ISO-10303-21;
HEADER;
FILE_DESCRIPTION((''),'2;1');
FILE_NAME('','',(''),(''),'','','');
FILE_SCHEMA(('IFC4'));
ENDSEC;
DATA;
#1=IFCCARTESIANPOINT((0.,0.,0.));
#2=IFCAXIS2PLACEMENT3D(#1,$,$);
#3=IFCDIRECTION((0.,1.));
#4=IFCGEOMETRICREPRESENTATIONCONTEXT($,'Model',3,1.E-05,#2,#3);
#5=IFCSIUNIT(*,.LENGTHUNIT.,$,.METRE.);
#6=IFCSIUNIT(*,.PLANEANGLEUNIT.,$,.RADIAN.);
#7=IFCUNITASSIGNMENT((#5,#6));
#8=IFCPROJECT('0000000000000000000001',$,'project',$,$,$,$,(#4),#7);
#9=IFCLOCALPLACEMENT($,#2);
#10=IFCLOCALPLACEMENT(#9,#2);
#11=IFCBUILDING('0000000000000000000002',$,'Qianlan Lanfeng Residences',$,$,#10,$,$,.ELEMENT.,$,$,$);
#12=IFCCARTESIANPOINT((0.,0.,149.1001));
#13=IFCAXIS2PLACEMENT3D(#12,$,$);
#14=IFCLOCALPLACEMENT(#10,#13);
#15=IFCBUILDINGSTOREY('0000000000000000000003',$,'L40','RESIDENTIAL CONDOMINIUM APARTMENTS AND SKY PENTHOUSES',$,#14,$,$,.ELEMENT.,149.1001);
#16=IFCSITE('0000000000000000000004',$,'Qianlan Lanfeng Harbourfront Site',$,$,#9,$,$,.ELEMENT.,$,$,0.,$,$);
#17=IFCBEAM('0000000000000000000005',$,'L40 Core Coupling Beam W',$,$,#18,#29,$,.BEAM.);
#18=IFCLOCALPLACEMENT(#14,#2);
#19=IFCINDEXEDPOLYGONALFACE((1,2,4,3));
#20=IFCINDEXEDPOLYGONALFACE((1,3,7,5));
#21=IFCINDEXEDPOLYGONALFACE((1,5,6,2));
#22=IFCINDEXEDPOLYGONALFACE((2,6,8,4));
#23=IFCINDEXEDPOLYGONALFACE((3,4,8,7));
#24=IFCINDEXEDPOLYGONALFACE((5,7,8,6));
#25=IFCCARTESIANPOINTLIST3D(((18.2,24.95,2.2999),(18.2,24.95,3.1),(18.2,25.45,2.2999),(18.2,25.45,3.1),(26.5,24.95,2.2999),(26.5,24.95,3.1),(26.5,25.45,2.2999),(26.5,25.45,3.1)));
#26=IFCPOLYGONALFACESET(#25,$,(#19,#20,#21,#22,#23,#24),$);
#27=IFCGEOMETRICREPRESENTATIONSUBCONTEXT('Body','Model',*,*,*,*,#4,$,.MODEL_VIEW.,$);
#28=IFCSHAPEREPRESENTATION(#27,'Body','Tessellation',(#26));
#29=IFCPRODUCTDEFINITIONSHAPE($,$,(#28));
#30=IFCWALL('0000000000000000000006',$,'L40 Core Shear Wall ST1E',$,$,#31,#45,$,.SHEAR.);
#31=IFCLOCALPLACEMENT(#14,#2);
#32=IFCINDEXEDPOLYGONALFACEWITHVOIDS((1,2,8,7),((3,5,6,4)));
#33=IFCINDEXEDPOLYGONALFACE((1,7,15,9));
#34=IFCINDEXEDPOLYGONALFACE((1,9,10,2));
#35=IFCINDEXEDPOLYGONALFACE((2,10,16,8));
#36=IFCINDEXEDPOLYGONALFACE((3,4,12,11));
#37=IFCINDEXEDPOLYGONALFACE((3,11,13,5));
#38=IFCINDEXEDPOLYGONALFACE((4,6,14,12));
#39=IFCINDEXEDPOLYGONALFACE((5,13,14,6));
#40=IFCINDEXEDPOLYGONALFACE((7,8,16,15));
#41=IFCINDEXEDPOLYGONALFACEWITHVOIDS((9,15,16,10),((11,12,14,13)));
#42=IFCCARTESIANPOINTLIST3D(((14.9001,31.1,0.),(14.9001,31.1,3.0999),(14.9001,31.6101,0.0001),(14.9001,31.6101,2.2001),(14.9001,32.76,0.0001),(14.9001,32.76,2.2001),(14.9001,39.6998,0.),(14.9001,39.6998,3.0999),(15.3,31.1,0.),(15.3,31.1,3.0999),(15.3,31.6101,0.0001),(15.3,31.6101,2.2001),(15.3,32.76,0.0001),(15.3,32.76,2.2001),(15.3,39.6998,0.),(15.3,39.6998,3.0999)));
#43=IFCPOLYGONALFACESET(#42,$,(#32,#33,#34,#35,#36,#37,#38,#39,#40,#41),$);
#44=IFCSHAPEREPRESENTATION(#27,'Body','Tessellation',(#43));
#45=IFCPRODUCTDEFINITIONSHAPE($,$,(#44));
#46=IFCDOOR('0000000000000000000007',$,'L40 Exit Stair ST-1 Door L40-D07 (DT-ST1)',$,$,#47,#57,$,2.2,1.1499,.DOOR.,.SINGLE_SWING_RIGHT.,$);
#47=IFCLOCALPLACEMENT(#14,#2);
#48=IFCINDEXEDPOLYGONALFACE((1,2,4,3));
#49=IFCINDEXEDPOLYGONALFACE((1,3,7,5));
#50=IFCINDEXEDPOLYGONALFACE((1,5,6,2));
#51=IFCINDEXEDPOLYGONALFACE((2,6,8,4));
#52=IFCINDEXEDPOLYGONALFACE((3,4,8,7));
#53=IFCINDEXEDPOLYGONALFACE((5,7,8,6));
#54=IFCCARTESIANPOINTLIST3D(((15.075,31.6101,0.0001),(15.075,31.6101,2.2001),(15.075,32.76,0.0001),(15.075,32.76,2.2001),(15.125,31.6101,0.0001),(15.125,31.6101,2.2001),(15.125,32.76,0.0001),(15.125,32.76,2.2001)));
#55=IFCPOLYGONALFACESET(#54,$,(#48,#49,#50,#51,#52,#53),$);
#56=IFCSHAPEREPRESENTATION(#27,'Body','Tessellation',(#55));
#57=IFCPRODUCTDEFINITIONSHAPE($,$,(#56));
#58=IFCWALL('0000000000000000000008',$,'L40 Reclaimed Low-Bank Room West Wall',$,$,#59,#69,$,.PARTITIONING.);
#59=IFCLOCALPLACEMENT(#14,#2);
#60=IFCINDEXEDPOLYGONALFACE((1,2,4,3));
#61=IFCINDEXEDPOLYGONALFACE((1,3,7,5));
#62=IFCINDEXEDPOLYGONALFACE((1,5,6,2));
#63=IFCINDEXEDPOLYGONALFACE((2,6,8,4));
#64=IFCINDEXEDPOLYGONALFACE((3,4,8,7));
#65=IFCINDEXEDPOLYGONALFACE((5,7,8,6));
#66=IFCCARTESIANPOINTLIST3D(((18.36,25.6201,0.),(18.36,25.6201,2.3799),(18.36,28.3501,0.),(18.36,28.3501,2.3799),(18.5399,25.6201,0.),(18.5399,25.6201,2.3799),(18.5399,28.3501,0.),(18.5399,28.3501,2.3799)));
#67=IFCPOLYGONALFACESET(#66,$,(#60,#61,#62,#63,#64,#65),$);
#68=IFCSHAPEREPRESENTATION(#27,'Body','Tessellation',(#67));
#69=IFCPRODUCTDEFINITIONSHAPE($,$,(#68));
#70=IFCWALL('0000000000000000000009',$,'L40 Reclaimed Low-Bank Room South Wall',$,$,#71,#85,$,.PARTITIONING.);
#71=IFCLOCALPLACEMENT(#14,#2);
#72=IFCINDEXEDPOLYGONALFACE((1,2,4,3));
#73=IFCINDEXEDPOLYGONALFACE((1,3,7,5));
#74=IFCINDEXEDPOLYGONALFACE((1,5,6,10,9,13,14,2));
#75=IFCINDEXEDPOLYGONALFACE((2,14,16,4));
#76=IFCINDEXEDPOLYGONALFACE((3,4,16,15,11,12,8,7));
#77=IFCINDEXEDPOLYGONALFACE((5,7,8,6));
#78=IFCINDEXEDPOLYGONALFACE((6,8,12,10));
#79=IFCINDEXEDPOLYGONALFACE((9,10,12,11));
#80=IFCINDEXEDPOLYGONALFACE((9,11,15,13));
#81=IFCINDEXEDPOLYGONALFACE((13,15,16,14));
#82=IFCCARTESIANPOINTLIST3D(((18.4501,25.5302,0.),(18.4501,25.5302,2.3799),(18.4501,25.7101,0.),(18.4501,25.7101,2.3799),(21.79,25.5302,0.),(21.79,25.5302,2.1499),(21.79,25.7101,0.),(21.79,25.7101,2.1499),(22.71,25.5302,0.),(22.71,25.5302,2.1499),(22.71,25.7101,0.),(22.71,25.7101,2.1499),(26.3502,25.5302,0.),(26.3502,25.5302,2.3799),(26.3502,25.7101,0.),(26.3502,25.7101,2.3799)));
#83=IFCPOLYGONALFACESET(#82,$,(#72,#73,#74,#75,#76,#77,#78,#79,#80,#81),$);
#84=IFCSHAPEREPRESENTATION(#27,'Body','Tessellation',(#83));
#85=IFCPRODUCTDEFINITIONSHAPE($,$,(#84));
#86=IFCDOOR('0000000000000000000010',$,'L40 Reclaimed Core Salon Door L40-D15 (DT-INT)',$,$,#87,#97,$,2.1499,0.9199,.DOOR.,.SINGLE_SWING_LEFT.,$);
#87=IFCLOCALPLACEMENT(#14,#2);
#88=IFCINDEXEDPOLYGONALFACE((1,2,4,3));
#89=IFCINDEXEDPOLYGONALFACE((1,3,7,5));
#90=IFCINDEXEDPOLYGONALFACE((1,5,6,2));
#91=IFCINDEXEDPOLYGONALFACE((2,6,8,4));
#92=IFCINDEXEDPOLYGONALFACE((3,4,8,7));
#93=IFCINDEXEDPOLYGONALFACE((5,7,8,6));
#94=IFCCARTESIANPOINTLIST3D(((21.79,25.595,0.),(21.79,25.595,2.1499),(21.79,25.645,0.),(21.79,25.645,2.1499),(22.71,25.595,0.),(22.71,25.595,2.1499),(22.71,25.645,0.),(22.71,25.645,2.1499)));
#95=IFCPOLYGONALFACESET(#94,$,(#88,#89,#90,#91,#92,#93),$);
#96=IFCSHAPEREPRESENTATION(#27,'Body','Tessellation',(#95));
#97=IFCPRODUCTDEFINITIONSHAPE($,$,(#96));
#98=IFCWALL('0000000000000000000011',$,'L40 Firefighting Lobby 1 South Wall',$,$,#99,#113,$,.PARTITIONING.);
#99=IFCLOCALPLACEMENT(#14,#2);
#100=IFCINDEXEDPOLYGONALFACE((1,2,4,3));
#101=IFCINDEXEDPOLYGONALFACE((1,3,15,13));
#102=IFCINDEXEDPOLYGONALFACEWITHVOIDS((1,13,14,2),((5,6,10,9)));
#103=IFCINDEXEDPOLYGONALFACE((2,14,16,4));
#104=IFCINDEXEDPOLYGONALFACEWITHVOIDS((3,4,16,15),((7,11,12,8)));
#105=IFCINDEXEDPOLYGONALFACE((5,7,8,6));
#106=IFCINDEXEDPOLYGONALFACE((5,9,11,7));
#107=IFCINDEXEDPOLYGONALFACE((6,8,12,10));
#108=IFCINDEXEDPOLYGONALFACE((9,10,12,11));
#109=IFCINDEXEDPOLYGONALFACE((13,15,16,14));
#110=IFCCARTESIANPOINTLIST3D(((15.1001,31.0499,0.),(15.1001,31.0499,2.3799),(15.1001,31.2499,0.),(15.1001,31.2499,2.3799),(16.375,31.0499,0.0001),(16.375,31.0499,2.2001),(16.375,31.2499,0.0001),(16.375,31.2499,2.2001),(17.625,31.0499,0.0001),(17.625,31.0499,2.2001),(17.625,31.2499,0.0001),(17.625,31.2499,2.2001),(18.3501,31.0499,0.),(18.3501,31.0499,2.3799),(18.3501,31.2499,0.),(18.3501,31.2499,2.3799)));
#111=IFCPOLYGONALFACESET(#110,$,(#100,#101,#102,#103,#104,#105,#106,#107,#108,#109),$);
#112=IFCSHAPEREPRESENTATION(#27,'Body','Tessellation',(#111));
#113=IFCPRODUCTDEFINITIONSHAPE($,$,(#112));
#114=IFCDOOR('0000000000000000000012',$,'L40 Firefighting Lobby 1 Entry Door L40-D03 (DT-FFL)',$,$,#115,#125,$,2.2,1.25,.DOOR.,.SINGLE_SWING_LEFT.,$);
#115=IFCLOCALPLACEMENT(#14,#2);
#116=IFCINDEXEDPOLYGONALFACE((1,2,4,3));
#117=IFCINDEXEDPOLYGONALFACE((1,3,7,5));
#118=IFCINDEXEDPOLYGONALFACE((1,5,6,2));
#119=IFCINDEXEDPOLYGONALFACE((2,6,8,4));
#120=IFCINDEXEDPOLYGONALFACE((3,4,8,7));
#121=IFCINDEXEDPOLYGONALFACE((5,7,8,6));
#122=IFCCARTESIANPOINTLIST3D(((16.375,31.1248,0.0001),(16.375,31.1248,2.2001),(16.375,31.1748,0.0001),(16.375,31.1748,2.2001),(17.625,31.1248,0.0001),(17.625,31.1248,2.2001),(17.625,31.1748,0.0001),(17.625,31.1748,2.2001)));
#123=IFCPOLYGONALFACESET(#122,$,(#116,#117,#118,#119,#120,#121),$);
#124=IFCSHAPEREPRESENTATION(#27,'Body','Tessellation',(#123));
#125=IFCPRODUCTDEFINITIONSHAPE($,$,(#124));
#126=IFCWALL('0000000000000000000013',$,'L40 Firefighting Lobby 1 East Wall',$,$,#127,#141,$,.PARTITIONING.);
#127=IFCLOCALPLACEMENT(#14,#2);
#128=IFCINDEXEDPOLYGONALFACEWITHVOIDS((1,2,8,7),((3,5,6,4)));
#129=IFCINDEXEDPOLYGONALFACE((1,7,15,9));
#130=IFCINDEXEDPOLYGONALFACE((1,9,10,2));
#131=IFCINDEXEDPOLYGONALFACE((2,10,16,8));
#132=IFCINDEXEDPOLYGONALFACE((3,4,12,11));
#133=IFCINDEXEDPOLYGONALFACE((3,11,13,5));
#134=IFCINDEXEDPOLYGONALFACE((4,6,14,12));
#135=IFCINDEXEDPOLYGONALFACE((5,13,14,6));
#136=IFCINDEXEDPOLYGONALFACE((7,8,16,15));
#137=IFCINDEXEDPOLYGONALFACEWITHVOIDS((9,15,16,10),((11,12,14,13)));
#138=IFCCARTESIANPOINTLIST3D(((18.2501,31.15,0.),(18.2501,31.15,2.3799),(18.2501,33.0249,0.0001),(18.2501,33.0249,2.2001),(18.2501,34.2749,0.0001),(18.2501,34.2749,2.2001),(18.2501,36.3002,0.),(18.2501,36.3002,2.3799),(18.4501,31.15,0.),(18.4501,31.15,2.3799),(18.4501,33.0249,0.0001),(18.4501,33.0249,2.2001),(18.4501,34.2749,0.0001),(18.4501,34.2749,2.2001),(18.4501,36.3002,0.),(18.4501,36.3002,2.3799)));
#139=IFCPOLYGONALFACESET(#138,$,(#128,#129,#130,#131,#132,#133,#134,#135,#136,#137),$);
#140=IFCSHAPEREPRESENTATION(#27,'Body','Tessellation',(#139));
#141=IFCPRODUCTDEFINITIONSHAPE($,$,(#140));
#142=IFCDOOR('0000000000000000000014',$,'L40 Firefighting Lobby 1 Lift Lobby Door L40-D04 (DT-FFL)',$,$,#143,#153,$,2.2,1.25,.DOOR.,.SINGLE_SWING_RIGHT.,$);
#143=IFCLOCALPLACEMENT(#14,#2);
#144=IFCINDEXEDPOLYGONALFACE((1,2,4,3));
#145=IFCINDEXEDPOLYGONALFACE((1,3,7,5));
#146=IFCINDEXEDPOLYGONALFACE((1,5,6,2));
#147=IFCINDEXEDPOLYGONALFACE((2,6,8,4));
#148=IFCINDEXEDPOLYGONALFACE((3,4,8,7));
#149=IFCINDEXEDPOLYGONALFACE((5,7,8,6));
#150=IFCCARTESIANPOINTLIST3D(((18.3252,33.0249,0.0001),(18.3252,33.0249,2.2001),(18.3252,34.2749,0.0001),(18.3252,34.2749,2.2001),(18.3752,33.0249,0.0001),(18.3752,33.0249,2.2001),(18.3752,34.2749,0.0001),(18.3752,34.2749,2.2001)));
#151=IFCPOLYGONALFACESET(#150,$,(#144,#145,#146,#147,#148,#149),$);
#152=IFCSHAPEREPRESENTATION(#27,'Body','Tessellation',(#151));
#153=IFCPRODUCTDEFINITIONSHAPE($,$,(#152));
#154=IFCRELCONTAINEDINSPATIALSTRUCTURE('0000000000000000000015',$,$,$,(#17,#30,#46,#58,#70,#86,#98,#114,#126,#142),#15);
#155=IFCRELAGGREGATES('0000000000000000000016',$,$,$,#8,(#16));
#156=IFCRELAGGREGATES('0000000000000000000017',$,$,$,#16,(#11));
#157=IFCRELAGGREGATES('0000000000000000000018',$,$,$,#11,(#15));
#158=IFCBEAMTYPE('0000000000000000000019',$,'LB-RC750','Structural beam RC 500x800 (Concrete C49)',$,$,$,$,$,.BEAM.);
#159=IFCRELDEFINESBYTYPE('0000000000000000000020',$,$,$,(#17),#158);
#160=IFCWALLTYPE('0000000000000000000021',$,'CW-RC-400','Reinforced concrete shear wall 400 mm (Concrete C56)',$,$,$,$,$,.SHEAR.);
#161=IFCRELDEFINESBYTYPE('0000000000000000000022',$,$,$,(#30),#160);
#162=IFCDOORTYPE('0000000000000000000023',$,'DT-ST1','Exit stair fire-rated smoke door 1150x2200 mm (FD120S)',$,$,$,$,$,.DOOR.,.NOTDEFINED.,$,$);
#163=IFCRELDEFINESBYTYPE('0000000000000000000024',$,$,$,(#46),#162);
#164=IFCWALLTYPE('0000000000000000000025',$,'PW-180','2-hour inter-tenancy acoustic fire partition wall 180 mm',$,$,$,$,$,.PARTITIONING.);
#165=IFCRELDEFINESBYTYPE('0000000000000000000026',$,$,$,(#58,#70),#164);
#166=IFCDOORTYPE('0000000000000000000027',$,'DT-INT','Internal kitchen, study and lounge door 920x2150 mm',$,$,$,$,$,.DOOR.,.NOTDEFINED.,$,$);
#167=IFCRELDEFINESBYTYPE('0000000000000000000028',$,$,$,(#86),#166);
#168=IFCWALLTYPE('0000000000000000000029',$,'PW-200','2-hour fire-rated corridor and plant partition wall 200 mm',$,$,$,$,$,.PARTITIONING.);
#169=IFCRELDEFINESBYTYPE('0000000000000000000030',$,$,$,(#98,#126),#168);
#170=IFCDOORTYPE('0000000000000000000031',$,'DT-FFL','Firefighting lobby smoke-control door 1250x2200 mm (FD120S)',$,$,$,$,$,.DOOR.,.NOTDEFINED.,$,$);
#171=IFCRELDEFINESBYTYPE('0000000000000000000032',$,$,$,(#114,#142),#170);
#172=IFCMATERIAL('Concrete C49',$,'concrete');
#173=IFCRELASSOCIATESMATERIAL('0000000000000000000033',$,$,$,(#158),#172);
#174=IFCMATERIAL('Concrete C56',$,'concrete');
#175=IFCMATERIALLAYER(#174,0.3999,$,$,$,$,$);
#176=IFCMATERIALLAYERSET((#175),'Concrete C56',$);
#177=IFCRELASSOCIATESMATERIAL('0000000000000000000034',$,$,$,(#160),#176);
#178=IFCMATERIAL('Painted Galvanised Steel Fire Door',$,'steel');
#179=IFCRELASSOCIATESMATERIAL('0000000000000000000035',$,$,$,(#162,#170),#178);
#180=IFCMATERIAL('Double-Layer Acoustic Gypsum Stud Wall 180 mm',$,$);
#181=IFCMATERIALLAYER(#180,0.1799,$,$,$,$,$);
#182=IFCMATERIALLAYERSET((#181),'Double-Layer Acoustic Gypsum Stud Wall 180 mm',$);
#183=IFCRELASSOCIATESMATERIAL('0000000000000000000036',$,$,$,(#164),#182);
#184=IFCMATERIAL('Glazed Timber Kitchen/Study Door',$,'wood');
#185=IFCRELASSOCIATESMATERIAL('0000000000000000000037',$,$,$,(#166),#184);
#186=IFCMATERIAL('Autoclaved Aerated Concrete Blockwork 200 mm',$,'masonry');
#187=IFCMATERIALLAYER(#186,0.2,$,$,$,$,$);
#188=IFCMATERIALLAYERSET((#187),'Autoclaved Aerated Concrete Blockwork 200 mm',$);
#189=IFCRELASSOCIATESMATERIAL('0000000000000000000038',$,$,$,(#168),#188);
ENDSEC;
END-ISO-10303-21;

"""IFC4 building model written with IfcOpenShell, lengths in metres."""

from ifc_helpers import new_model, si_unit, direction, frame, frame_2d, origin, origin_2d, place, context, subcontext, project, spatial, rectangle, extrude, material, layer, layer_set, material_profile, profile_set, type_object, element, fill, save


model = new_model("IFC4")

# Units and contexts
model_context = context("Model", 3, precision=1e-05, world=origin(), true_north=direction((0.0, 1.0)))
body_context = subcontext(model_context, "Body", "Model", "MODEL_VIEW")
ifc_project = project(units=[si_unit("LENGTHUNIT", "METRE"), si_unit("PLANEANGLEUNIT", "RADIAN")], contexts=[model_context])

# Site, building, storey
site_placement = place(None, origin())
site = spatial("IfcSite", under=ifc_project, at=site_placement, Name="Qianlan Lanfeng Harbourfront Site", CompositionType="ELEMENT", RefElevation=0.0)
building_placement = place(site_placement, origin())
building = spatial("IfcBuilding", under=site, at=building_placement, Name="Qianlan Lanfeng Residences", CompositionType="ELEMENT")
storey_placement = place(building_placement, frame((0.0, 0.0, 149.1001)))
storey = spatial("IfcBuildingStorey", under=building, at=storey_placement, Name="L40", Description="RESIDENTIAL CONDOMINIUM APARTMENTS AND SKY PENTHOUSES", CompositionType="ELEMENT", Elevation=149.1001)

# Beam
ifc_material_1 = material(Name="Concrete C49", Category="concrete")
ifc_material_profile = material_profile(ifc_material_1, rectangle(XDim=0.5, YDim=0.8, at=origin_2d()), Name="RC 500x800")
ifc_profile_set = profile_set([ifc_material_profile], Name="Concrete C49")
beam_type = type_object("IfcBeamType", Name="LB-RC750", Description="Structural beam RC 500x800 (Concrete C49)", PredefinedType="BEAM", material=ifc_profile_set)
beam_placement = place(storey_placement, frame((18.2, 25.2, 2.7), z_axis=(1.0, 0.0, 0.0), x_axis=(0.0, 1.0, 0.0)))
element("IfcBeam", 1, at=beam_placement, inside=storey, type_object=beam_type, Name="L40 Core Coupling Beam W", PredefinedType="BEAM", context=body_context, shape_type="SweptSolid", body=[
    extrude(rectangle(XDim=0.5, YDim=0.8, at=origin_2d()), origin(), (0.0, 0.0, 1.0), 8.3),
])

# Wall, opening, door
ifc_material_2 = material(Name="Concrete C56", Category="concrete")
ifc_layer_1 = layer(ifc_material_2, 0.3999)
ifc_layer_set_1 = layer_set([ifc_layer_1], Name="Concrete C56")
wall_type_1 = type_object("IfcWallType", Name="CW-RC-400", Description="Reinforced concrete shear wall 400 mm (Concrete C56)", PredefinedType="SHEAR", material=ifc_layer_set_1)
wall_1_placement = place(storey_placement, frame((15.1001, 31.1001, 0.0), z_axis=(0.0, 0.0, 1.0), x_axis=(0.0, 1.0, 0.0)))
wall_1 = element("IfcWall", 2, at=wall_1_placement, inside=storey, type_object=wall_type_1, Name="L40 Core Shear Wall ST1E", PredefinedType="SHEAR", context=body_context, shape_type="SweptSolid", body=[
    extrude(rectangle(XDim=8.5999, YDim=0.3999, at=frame_2d((4.2998, 0.0))), origin(), (0.0, 0.0, 1.0), 3.0999),
])
opening_1_placement = place(wall_1_placement, frame((0.51, 0.0, 0.0)))
opening_1 = element("IfcOpeningElement", 3, at=opening_1_placement, cuts=wall_1, PredefinedType="OPENING", context=body_context, shape_type="SweptSolid", body=[
    extrude(rectangle(XDim=1.1499, YDim=2.2, at=frame_2d((0.575, 1.1001))), frame((0.0, 0.21, 0.0), z_axis=(0.0, -1.0, 0.0), x_axis=(1.0, 0.0, 0.0)), (0.0, 0.0, 1.0), 0.4199),
])
ifc_material_3 = material(Name="Painted Galvanised Steel Fire Door", Category="steel")
door_type_1 = type_object("IfcDoorType", Name="DT-ST1", Description="Exit stair fire-rated smoke door 1150x2200 mm (FD120S)", OperationType="NOTDEFINED", PredefinedType="DOOR", material=ifc_material_3)
door_1_placement = place(opening_1_placement, frame((1.1499, 0.0, 0.0), z_axis=(0.0, 0.0, 1.0), x_axis=(-1.0, 0.0, 0.0)))
door_1 = element("IfcDoor", 4, at=door_1_placement, inside=storey, type_object=door_type_1, Name="L40 Exit Stair ST-1 Door L40-D07 (DT-ST1)", OperationType="SINGLE_SWING_RIGHT", OverallHeight=2.2, OverallWidth=1.1499, PredefinedType="DOOR", context=body_context, shape_type="SweptSolid", body=[
    extrude(rectangle(XDim=1.1499, YDim=2.2, at=frame_2d((0.575, 1.1001))), frame((0.0, 0.0249, 0.0), z_axis=(0.0, -1.0, 0.0), x_axis=(1.0, 0.0, 0.0)), (0.0, 0.0, 1.0), 0.05),
])
fill(opening_1, door_1)

# Shared definitions
ifc_material_4 = material(Name="Double-Layer Acoustic Gypsum Stud Wall 180 mm")
ifc_layer_2 = layer(ifc_material_4, 0.1799)
ifc_layer_set_2 = layer_set([ifc_layer_2], Name="Double-Layer Acoustic Gypsum Stud Wall 180 mm")
wall_type_2 = type_object("IfcWallType", Name="PW-180", Description="2-hour inter-tenancy acoustic fire partition wall 180 mm", PredefinedType="PARTITIONING", material=ifc_layer_set_2)
ifc_material_5 = material(Name="Glazed Timber Kitchen/Study Door", Category="wood")
door_type_2 = type_object("IfcDoorType", Name="DT-INT", Description="Internal kitchen, study and lounge door 920x2150 mm", OperationType="NOTDEFINED", PredefinedType="DOOR", material=ifc_material_5)

# Wall
wall_2_placement = place(storey_placement, frame((18.45, 25.6201, 0.0), z_axis=(0.0, 0.0, 1.0), x_axis=(0.0, 1.0, 0.0)))
element("IfcWall", 5, at=wall_2_placement, inside=storey, type_object=wall_type_2, Name="L40 Reclaimed Low-Bank Room West Wall", PredefinedType="PARTITIONING", context=body_context, shape_type="SweptSolid", body=[
    extrude(rectangle(XDim=2.73, YDim=0.1799, at=frame_2d((1.365, 0.0))), origin(), (0.0, 0.0, 1.0), 2.3799),
])

# Walls, openings, doors
wall_3_placement = place(storey_placement, frame((18.45, 25.6201, 0.0), z_axis=(0.0, 0.0, 1.0), x_axis=(1.0, 0.0, 0.0)))
wall_3 = element("IfcWall", 6, at=wall_3_placement, inside=storey, type_object=wall_type_2, Name="L40 Reclaimed Low-Bank Room South Wall", PredefinedType="PARTITIONING", context=body_context, shape_type="SweptSolid", body=[
    extrude(rectangle(XDim=7.9001, YDim=0.1799, at=frame_2d((3.9502, 0.0))), origin(), (0.0, 0.0, 1.0), 2.3799),
])
opening_2_placement = place(wall_3_placement, frame((3.3401, 0.0, 0.0)))
opening_2 = element("IfcOpeningElement", 7, at=opening_2_placement, cuts=wall_3, PredefinedType="OPENING", context=body_context, shape_type="SweptSolid", body=[
    extrude(rectangle(XDim=0.9199, YDim=2.1499, at=frame_2d((0.46, 1.075))), frame((0.0, 0.1001, 0.0), z_axis=(0.0, -1.0, 0.0), x_axis=(1.0, 0.0, 0.0)), (0.0, 0.0, 1.0), 0.2),
])
door_2_placement = place(opening_2_placement, origin())
door_2 = element("IfcDoor", 8, at=door_2_placement, inside=storey, type_object=door_type_2, Name="L40 Reclaimed Core Salon Door L40-D15 (DT-INT)", OperationType="SINGLE_SWING_LEFT", OverallHeight=2.1499, OverallWidth=0.9199, PredefinedType="DOOR", context=body_context, shape_type="SweptSolid", body=[
    extrude(rectangle(XDim=0.9199, YDim=2.1499, at=frame_2d((0.46, 1.075))), frame((0.0, 0.0249, 0.0), z_axis=(0.0, -1.0, 0.0), x_axis=(1.0, 0.0, 0.0)), (0.0, 0.0, 1.0), 0.05),
])
fill(opening_2, door_2)
ifc_material_6 = material(Name="Autoclaved Aerated Concrete Blockwork 200 mm", Category="masonry")
ifc_layer_3 = layer(ifc_material_6, 0.2)
ifc_layer_set_3 = layer_set([ifc_layer_3], Name="Autoclaved Aerated Concrete Blockwork 200 mm")
wall_type_3 = type_object("IfcWallType", Name="PW-200", Description="2-hour fire-rated corridor and plant partition wall 200 mm", PredefinedType="PARTITIONING", material=ifc_layer_set_3)
wall_4_placement = place(storey_placement, frame((15.1001, 31.1499, 0.0), z_axis=(0.0, 0.0, 1.0), x_axis=(1.0, 0.0, 0.0)))
wall_4 = element("IfcWall", 9, at=wall_4_placement, inside=storey, type_object=wall_type_3, Name="L40 Firefighting Lobby 1 South Wall", PredefinedType="PARTITIONING", context=body_context, shape_type="SweptSolid", body=[
    extrude(rectangle(XDim=3.25, YDim=0.2, at=frame_2d((1.625, 0.0))), origin(), (0.0, 0.0, 1.0), 2.3799),
])
opening_3_placement = place(wall_4_placement, frame((1.2749, 0.0, 0.0)))
opening_3 = element("IfcOpeningElement", 10, at=opening_3_placement, cuts=wall_4, PredefinedType="OPENING", context=body_context, shape_type="SweptSolid", body=[
    extrude(rectangle(XDim=1.25, YDim=2.2, at=frame_2d((0.625, 1.1001))), frame((0.0, 0.1099, 0.0), z_axis=(0.0, -1.0, 0.0), x_axis=(1.0, 0.0, 0.0)), (0.0, 0.0, 1.0), 0.22),
])
door_type_3 = type_object("IfcDoorType", Name="DT-FFL", Description="Firefighting lobby smoke-control door 1250x2200 mm (FD120S)", OperationType="NOTDEFINED", PredefinedType="DOOR", material=ifc_material_3)
door_3_placement = place(opening_3_placement, origin())
door_3 = element("IfcDoor", 11, at=door_3_placement, inside=storey, type_object=door_type_3, Name="L40 Firefighting Lobby 1 Entry Door L40-D03 (DT-FFL)", OperationType="SINGLE_SWING_LEFT", OverallHeight=2.2, OverallWidth=1.25, PredefinedType="DOOR", context=body_context, shape_type="SweptSolid", body=[
    extrude(rectangle(XDim=1.25, YDim=2.2, at=frame_2d((0.625, 1.1001))), frame((0.0, 0.0249, 0.0), z_axis=(0.0, -1.0, 0.0), x_axis=(1.0, 0.0, 0.0)), (0.0, 0.0, 1.0), 0.05),
])
fill(opening_3, door_3)
wall_5_placement = place(storey_placement, frame((18.3501, 31.1499, 0.0), z_axis=(0.0, 0.0, 1.0), x_axis=(0.0, 1.0, 0.0)))
wall_5 = element("IfcWall", 12, at=wall_5_placement, inside=storey, type_object=wall_type_3, Name="L40 Firefighting Lobby 1 East Wall", PredefinedType="PARTITIONING", context=body_context, shape_type="SweptSolid", body=[
    extrude(rectangle(XDim=5.1501, YDim=0.2, at=frame_2d((2.5752, 0.0))), origin(), (0.0, 0.0, 1.0), 2.3799),
])
opening_4_placement = place(wall_5_placement, frame((1.875, 0.0, 0.0)))
opening_4 = element("IfcOpeningElement", 13, at=opening_4_placement, cuts=wall_5, PredefinedType="OPENING", context=body_context, shape_type="SweptSolid", body=[
    extrude(rectangle(XDim=1.25, YDim=2.2, at=frame_2d((0.625, 1.1001))), frame((0.0, 0.1099, 0.0), z_axis=(0.0, -1.0, 0.0), x_axis=(1.0, 0.0, 0.0)), (0.0, 0.0, 1.0), 0.22),
])
door_4_placement = place(opening_4_placement, origin())
door_4 = element("IfcDoor", 14, at=door_4_placement, inside=storey, type_object=door_type_3, Name="L40 Firefighting Lobby 1 Lift Lobby Door L40-D04 (DT-FFL)", OperationType="SINGLE_SWING_RIGHT", OverallHeight=2.2, OverallWidth=1.25, PredefinedType="DOOR", context=body_context, shape_type="SweptSolid", body=[
    extrude(rectangle(XDim=1.25, YDim=2.2, at=frame_2d((0.625, 1.1001))), frame((0.0, 0.0249, 0.0), z_axis=(0.0, -1.0, 0.0), x_axis=(1.0, 0.0, 0.0)), (0.0, 0.0, 1.0), 0.05),
])
fill(opening_4, door_4)

save(model, "model.ifc")
